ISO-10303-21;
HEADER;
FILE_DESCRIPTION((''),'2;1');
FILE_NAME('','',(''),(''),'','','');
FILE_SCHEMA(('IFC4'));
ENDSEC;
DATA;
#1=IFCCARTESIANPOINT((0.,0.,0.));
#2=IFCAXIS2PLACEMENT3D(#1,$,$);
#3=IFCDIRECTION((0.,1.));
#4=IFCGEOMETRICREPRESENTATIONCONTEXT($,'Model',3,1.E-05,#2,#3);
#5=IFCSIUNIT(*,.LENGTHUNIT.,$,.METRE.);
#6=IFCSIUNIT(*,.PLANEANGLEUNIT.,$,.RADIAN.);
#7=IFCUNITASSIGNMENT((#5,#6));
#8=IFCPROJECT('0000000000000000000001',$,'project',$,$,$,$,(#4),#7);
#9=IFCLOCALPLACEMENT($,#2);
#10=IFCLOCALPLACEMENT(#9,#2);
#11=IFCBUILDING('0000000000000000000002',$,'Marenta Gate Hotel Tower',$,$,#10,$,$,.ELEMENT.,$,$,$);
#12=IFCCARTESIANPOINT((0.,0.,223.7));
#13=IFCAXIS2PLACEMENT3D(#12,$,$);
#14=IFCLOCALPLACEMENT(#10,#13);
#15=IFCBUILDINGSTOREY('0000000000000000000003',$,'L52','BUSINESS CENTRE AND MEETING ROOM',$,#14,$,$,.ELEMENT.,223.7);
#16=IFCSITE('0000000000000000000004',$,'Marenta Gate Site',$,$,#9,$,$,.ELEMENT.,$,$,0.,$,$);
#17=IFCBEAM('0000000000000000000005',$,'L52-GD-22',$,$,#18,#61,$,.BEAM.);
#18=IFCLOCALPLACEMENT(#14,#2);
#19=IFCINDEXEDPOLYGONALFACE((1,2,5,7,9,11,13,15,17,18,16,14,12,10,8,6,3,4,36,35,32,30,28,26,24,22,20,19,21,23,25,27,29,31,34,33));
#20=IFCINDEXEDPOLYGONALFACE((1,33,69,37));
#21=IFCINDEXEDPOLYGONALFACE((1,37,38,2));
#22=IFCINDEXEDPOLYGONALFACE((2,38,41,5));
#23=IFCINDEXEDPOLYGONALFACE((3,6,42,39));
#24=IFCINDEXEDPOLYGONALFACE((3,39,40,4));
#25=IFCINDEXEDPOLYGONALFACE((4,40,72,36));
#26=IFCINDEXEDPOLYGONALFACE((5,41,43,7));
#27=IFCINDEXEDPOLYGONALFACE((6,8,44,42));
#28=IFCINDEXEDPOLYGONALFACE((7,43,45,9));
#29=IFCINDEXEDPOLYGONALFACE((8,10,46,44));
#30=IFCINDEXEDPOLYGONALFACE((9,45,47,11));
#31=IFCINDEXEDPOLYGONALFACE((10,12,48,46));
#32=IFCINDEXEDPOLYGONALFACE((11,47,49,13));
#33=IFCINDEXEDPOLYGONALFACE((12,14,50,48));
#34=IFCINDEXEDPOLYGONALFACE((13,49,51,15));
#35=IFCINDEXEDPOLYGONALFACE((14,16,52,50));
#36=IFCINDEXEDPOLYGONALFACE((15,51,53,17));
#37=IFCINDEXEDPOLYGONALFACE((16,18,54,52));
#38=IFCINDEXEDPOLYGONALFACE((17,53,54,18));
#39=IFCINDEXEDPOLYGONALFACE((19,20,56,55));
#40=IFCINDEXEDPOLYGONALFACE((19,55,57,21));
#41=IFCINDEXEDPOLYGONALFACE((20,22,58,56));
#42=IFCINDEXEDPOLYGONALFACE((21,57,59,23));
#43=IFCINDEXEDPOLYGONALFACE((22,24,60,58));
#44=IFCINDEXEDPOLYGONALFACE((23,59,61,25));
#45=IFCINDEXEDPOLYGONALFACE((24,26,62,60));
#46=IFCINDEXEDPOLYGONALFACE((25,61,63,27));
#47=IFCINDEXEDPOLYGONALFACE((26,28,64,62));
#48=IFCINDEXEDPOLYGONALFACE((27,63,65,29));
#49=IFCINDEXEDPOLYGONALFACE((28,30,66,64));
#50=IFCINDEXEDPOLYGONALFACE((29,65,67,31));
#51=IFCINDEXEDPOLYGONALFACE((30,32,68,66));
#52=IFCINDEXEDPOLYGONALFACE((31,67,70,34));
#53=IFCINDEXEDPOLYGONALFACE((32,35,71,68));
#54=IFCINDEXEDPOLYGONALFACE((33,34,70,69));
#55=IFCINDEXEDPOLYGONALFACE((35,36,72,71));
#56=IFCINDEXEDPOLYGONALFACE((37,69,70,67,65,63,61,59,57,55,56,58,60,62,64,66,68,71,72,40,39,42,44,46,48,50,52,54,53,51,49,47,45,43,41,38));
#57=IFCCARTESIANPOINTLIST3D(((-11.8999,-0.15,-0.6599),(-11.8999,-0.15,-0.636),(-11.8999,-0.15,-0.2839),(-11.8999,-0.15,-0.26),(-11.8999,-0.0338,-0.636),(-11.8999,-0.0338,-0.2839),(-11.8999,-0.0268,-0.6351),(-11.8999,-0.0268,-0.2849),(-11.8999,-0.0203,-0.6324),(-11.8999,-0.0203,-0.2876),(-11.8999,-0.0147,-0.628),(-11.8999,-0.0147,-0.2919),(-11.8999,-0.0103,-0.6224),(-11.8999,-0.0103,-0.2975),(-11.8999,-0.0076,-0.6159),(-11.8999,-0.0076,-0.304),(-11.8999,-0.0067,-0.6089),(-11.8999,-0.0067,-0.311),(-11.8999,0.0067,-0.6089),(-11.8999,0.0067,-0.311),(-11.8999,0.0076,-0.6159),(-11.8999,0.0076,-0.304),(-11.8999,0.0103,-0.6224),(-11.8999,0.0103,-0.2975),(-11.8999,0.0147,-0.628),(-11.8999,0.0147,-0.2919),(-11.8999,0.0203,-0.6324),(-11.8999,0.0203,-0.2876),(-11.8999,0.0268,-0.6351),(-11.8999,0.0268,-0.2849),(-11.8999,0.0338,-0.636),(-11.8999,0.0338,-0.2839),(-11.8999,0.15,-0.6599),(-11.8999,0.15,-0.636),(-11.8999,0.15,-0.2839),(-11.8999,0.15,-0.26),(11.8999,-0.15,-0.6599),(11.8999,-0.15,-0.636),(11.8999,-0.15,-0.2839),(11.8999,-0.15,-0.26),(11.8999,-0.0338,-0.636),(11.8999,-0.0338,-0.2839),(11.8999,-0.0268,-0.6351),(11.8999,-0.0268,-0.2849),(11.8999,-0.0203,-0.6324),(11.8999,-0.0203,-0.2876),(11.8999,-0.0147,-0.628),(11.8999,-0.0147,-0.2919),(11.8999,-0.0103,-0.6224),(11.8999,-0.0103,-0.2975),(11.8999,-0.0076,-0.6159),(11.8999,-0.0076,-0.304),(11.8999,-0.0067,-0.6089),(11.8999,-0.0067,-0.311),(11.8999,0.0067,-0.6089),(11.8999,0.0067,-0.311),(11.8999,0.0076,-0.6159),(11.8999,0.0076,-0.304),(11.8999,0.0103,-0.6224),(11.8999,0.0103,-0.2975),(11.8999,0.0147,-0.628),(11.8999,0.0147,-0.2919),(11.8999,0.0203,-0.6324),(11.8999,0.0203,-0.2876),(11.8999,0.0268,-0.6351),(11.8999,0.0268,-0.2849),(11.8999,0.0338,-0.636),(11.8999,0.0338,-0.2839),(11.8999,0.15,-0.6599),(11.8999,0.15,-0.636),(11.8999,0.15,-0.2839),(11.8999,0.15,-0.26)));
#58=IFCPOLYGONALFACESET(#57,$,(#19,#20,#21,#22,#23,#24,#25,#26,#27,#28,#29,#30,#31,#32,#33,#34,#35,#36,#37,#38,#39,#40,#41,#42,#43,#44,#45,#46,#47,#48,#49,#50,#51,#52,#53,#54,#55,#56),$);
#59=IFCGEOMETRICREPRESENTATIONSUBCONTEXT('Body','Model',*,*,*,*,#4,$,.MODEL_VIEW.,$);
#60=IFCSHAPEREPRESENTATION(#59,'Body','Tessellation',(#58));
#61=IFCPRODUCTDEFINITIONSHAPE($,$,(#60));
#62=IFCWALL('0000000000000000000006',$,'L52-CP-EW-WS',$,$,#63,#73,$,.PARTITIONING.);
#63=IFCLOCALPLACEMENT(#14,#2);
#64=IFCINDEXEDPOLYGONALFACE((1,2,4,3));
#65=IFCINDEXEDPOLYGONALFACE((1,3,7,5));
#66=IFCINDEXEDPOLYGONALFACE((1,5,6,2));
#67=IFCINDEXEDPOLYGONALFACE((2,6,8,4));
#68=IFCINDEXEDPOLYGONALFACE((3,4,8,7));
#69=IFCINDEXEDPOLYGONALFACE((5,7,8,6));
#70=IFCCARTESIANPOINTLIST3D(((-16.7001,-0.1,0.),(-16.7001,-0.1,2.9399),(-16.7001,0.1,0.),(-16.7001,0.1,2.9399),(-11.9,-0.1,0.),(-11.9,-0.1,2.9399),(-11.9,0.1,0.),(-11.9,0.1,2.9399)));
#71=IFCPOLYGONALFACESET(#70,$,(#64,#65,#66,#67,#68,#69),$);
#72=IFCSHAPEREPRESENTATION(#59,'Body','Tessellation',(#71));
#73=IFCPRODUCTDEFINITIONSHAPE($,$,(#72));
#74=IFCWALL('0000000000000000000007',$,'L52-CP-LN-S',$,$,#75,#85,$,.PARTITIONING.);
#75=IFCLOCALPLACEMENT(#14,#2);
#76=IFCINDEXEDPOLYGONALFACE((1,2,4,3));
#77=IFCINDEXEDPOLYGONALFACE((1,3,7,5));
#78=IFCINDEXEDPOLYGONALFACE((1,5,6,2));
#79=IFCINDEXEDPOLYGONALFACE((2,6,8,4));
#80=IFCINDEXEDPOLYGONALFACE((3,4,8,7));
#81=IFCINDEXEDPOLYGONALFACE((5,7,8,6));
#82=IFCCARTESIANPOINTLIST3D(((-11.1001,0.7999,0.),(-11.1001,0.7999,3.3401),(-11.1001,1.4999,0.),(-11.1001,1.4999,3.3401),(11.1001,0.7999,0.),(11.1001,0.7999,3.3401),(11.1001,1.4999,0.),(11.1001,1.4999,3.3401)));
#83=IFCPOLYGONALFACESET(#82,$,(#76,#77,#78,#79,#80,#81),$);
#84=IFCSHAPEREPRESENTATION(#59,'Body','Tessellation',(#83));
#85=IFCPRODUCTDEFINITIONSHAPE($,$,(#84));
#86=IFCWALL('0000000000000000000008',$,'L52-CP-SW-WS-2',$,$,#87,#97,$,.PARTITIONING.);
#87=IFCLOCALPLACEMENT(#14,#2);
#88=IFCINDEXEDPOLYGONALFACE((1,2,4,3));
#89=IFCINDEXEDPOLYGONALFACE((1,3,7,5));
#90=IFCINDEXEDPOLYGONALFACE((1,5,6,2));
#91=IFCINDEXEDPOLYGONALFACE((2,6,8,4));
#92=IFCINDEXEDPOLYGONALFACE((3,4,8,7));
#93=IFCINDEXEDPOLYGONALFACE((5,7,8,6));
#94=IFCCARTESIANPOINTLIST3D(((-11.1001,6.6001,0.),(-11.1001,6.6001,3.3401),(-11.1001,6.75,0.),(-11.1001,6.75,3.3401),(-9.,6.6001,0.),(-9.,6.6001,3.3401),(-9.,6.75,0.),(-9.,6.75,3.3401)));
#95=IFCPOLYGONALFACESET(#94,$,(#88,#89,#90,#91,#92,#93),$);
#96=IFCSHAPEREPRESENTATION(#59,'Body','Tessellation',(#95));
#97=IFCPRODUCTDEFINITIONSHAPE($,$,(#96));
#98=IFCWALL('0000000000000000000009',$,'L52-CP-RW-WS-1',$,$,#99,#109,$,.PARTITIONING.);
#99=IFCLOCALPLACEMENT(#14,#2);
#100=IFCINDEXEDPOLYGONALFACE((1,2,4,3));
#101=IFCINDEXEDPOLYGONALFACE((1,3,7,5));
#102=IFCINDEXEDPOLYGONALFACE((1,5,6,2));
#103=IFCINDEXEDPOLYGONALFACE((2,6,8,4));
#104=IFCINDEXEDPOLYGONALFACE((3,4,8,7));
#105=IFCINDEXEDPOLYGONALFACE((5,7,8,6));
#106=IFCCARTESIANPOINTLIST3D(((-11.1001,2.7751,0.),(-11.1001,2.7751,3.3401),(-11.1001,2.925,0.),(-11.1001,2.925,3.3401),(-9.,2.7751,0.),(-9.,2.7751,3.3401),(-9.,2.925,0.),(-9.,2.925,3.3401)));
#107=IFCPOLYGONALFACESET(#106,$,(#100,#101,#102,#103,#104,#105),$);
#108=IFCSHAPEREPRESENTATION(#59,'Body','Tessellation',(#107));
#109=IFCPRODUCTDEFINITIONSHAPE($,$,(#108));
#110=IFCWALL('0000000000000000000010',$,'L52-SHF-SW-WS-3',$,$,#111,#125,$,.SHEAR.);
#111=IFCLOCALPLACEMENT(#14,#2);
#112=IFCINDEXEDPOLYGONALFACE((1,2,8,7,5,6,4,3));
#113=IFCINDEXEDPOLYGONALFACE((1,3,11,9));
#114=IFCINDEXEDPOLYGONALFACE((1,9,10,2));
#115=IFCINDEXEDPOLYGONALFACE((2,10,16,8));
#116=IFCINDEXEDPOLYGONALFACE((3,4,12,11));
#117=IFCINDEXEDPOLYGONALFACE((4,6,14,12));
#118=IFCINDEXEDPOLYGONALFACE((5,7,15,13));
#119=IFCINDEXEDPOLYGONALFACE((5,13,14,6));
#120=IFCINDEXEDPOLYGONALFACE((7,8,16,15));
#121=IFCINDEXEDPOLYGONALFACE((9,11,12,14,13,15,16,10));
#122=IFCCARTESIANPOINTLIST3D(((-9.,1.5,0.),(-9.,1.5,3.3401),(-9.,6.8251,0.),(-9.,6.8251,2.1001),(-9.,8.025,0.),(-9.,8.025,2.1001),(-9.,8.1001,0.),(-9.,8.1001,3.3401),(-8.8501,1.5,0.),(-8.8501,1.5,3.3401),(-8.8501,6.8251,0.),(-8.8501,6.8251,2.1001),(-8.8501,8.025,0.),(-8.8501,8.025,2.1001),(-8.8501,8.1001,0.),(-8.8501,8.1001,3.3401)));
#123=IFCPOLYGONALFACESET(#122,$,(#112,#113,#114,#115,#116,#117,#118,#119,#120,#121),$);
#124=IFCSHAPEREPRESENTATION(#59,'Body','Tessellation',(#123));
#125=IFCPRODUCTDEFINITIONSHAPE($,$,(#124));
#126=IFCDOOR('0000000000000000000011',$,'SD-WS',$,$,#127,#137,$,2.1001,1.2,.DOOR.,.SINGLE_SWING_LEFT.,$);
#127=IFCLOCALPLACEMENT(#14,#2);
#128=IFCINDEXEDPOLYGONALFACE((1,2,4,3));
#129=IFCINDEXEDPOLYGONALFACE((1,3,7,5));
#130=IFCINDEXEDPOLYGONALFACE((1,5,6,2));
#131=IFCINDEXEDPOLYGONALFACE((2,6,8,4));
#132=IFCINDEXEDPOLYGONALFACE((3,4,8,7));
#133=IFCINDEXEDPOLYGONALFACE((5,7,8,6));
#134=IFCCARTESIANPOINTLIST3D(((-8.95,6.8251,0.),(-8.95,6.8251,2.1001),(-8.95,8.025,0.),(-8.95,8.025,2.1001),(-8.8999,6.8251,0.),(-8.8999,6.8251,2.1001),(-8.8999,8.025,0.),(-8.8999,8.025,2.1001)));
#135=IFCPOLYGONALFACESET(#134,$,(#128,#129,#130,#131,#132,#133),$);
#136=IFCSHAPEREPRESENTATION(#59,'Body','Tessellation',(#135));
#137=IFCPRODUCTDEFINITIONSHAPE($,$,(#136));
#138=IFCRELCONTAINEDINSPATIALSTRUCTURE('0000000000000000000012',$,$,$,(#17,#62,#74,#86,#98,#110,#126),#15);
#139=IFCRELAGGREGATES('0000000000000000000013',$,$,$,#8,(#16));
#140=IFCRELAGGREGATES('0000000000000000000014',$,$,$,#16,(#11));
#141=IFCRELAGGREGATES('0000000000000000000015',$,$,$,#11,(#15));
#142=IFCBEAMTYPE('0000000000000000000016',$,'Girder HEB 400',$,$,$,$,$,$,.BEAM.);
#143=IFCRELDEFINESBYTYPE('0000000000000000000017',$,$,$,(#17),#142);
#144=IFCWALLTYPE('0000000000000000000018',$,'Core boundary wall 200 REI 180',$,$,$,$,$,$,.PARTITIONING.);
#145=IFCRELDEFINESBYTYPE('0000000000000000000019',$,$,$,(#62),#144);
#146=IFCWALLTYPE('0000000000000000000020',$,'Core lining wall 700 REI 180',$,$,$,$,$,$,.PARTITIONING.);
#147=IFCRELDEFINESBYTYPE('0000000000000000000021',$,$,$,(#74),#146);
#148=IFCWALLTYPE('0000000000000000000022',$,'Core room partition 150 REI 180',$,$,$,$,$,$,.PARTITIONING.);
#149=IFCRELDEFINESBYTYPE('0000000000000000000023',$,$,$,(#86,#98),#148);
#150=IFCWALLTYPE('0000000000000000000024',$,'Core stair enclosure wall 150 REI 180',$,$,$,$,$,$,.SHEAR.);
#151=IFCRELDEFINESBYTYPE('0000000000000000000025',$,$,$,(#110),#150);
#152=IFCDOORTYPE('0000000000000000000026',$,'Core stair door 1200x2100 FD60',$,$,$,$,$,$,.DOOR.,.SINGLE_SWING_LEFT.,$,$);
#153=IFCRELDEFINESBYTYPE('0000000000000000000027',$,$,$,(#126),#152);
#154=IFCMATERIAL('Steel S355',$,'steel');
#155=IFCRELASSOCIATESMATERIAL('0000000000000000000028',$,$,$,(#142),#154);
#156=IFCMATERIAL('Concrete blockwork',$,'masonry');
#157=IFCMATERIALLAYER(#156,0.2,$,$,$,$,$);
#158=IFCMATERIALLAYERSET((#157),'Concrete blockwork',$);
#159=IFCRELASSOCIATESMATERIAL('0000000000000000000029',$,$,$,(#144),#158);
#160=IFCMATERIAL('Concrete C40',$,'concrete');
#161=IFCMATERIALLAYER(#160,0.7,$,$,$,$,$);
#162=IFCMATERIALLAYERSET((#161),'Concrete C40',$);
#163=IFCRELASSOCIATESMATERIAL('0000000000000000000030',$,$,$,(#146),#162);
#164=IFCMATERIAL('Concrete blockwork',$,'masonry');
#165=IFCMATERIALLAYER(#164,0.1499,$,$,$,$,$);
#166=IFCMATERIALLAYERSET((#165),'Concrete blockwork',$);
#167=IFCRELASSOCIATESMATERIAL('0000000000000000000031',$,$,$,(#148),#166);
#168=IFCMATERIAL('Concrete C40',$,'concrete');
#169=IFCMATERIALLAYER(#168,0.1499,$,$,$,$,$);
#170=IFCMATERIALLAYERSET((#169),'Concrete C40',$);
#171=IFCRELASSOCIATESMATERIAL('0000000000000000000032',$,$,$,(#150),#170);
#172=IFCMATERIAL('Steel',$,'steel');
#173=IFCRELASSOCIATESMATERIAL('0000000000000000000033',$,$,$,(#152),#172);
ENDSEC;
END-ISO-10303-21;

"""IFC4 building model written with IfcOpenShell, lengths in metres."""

from ifc_helpers import new_model, si_unit, direction, frame, frame_2d, origin, origin_2d, place, context, subcontext, project, spatial, rectangle, i_section, extrude, material, layer, layer_set, material_profile, profile_set, type_object, element, fill, save


model = new_model("IFC4")

# Units and contexts
model_context = context("Model", 3, precision=1e-05, world=origin(), true_north=direction((0.0, 1.0)))
body_context = subcontext(model_context, "Body", "Model", "MODEL_VIEW")
ifc_project = project(units=[si_unit("LENGTHUNIT", "METRE"), si_unit("PLANEANGLEUNIT", "RADIAN")], contexts=[model_context])

# Site, building, storey
site_placement = place(None, origin())
site = spatial("IfcSite", under=ifc_project, at=site_placement, Name="Marenta Gate Site", CompositionType="ELEMENT", RefElevation=0.0)
building_placement = place(site_placement, origin())
building = spatial("IfcBuilding", under=site, at=building_placement, Name="Marenta Gate Hotel Tower", CompositionType="ELEMENT")
storey_placement = place(building_placement, frame((0.0, 0.0, 223.7)))
storey = spatial("IfcBuildingStorey", under=building, at=storey_placement, Name="L52", Description="BUSINESS CENTRE AND MEETING ROOM", CompositionType="ELEMENT", Elevation=223.7)

# Beam
ifc_material_1 = material(Name="Steel S355", Category="steel")
ifc_material_profile = material_profile(ifc_material_1, i_section(OverallWidth=0.3, OverallDepth=0.3999, WebThickness=0.0134, FlangeThickness=0.0239, FilletRadius=0.0271, at=origin_2d()), Name="HEB 400")
ifc_profile_set = profile_set([ifc_material_profile], Name="Steel S355")
beam_type = type_object("IfcBeamType", Name="Girder HEB 400", PredefinedType="BEAM", material=ifc_profile_set)
beam_placement = place(storey_placement, frame((-11.8999, 0.0, -0.46), z_axis=(1.0, 0.0, 0.0), x_axis=(0.0, 1.0, 0.0)))
element("IfcBeam", 1, at=beam_placement, inside=storey, type_object=beam_type, Name="L52-GD-22", PredefinedType="BEAM", context=body_context, shape_type="SweptSolid", body=[
    extrude(i_section(OverallWidth=0.3, OverallDepth=0.3999, WebThickness=0.0134, FlangeThickness=0.0239, FilletRadius=0.0271, at=origin_2d()), origin(), (0.0, 0.0, 1.0), 23.7998),
])

# Shared definitions
ifc_material_2 = material(Name="Concrete blockwork", Category="masonry")
ifc_layer_1 = layer(ifc_material_2, 0.2)
ifc_layer_set_1 = layer_set([ifc_layer_1], Name="Concrete blockwork")
wall_type_1 = type_object("IfcWallType", Name="Core boundary wall 200 REI 180", PredefinedType="PARTITIONING", material=ifc_layer_set_1)

# Walls
wall_1_placement = place(storey_placement, frame((-16.7, 0.0, 0.0), z_axis=(0.0, 0.0, 1.0), x_axis=(1.0, 0.0, 0.0)))
element("IfcWall", 2, at=wall_1_placement, inside=storey, type_object=wall_type_1, Name="L52-CP-EW-WS", PredefinedType="PARTITIONING", context=body_context, shape_type="SweptSolid", body=[
    extrude(rectangle(XDim=4.8, YDim=0.2, at=frame_2d((2.3999, 0.0))), origin(), (0.0, 0.0, 1.0), 2.9399),
])
ifc_material_3 = material(Name="Concrete C40", Category="concrete")
ifc_layer_2 = layer(ifc_material_3, 0.7)
ifc_layer_set_2 = layer_set([ifc_layer_2], Name="Concrete C40")
wall_type_2 = type_object("IfcWallType", Name="Core lining wall 700 REI 180", PredefinedType="PARTITIONING", material=ifc_layer_set_2)
wall_2_placement = place(storey_placement, frame((-11.1001, 1.1499, 0.0), z_axis=(0.0, 0.0, 1.0), x_axis=(1.0, 0.0, 0.0)))
element("IfcWall", 3, at=wall_2_placement, inside=storey, type_object=wall_type_2, Name="L52-CP-LN-S", PredefinedType="PARTITIONING", context=body_context, shape_type="SweptSolid", body=[
    extrude(rectangle(XDim=22.2002, YDim=0.7, at=frame_2d((11.1001, 0.0))), origin(), (0.0, 0.0, 1.0), 3.3401),
])
ifc_material_4 = material(Name="Concrete blockwork", Category="masonry")
ifc_layer_3 = layer(ifc_material_4, 0.1499)
ifc_layer_set_3 = layer_set([ifc_layer_3], Name="Concrete blockwork")
wall_type_3 = type_object("IfcWallType", Name="Core room partition 150 REI 180", PredefinedType="PARTITIONING", material=ifc_layer_set_3)
for number, where, z_axis, x_axis, name in (
    (4, (-11.1001, 6.675, 0.0), (0.0, 0.0, 1.0), (1.0, 0.0, 0.0), "L52-CP-SW-WS-2"),
    (5, (-11.1001, 2.8501, 0.0), (0.0, 0.0, 1.0), (1.0, 0.0, 0.0), "L52-CP-RW-WS-1"),
):
    element("IfcWall", number, at=place(storey_placement, frame(where, z_axis=z_axis, x_axis=x_axis)), inside=storey, type_object=wall_type_3, Name=name, PredefinedType="PARTITIONING", context=body_context, shape_type="SweptSolid", body=[
        extrude(rectangle(XDim=2.1001, YDim=0.1499, at=frame_2d((1.05, 0.0))), origin(), (0.0, 0.0, 1.0), 3.3401),
    ])

# Wall, opening, door
ifc_material_5 = material(Name="Concrete C40", Category="concrete")
ifc_layer_4 = layer(ifc_material_5, 0.1499)
ifc_layer_set_4 = layer_set([ifc_layer_4], Name="Concrete C40")
wall_type_4 = type_object("IfcWallType", Name="Core stair enclosure wall 150 REI 180", PredefinedType="SHEAR", material=ifc_layer_set_4)
wall_3_placement = place(storey_placement, frame((-8.925, 1.5, 0.0), z_axis=(0.0, 0.0, 1.0), x_axis=(0.0, 1.0, 0.0)))
wall_3 = element("IfcWall", 6, at=wall_3_placement, inside=storey, type_object=wall_type_4, Name="L52-SHF-SW-WS-3", PredefinedType="SHEAR", context=body_context, shape_type="SweptSolid", body=[
    extrude(rectangle(XDim=6.6001, YDim=0.1499, at=frame_2d((3.3, 0.0))), origin(), (0.0, 0.0, 1.0), 3.3401),
])
opening_1_placement = place(wall_3_placement, frame((5.325, 0.0, 0.0)))
opening_1 = element("IfcOpeningElement", 7, at=opening_1_placement, cuts=wall_3, PredefinedType="OPENING", context=body_context, shape_type="SweptSolid", body=[
    extrude(rectangle(XDim=1.2, YDim=2.1001, at=frame_2d((0.6001, 1.05))), frame((0.0, 0.075, 0.0), z_axis=(0.0, -1.0, 0.0), x_axis=(1.0, 0.0, 0.0)), (0.0, 0.0, 1.0), 0.1499),
])
ifc_material_6 = material(Name="Steel", Category="steel")
door_type_1 = type_object("IfcDoorType", Name="Core stair door 1200x2100 FD60", OperationType="SINGLE_SWING_LEFT", PredefinedType="DOOR", material=ifc_material_6)
door_1_placement = place(opening_1_placement, origin())
door_1 = element("IfcDoor", 8, at=door_1_placement, inside=storey, type_object=door_type_1, Name="SD-WS", OperationType="SINGLE_SWING_LEFT", OverallHeight=2.1001, OverallWidth=1.2, PredefinedType="DOOR", context=body_context, shape_type="SweptSolid", body=[
    extrude(rectangle(XDim=1.2, YDim=2.1001, at=frame_2d((0.6001, 1.05))), frame((0.0, 0.0249, 0.0), z_axis=(0.0, -1.0, 0.0), x_axis=(1.0, 0.0, 0.0)), (0.0, 0.0, 1.0), 0.05),
])
fill(opening_1, door_1)

save(model, "model.ifc")
